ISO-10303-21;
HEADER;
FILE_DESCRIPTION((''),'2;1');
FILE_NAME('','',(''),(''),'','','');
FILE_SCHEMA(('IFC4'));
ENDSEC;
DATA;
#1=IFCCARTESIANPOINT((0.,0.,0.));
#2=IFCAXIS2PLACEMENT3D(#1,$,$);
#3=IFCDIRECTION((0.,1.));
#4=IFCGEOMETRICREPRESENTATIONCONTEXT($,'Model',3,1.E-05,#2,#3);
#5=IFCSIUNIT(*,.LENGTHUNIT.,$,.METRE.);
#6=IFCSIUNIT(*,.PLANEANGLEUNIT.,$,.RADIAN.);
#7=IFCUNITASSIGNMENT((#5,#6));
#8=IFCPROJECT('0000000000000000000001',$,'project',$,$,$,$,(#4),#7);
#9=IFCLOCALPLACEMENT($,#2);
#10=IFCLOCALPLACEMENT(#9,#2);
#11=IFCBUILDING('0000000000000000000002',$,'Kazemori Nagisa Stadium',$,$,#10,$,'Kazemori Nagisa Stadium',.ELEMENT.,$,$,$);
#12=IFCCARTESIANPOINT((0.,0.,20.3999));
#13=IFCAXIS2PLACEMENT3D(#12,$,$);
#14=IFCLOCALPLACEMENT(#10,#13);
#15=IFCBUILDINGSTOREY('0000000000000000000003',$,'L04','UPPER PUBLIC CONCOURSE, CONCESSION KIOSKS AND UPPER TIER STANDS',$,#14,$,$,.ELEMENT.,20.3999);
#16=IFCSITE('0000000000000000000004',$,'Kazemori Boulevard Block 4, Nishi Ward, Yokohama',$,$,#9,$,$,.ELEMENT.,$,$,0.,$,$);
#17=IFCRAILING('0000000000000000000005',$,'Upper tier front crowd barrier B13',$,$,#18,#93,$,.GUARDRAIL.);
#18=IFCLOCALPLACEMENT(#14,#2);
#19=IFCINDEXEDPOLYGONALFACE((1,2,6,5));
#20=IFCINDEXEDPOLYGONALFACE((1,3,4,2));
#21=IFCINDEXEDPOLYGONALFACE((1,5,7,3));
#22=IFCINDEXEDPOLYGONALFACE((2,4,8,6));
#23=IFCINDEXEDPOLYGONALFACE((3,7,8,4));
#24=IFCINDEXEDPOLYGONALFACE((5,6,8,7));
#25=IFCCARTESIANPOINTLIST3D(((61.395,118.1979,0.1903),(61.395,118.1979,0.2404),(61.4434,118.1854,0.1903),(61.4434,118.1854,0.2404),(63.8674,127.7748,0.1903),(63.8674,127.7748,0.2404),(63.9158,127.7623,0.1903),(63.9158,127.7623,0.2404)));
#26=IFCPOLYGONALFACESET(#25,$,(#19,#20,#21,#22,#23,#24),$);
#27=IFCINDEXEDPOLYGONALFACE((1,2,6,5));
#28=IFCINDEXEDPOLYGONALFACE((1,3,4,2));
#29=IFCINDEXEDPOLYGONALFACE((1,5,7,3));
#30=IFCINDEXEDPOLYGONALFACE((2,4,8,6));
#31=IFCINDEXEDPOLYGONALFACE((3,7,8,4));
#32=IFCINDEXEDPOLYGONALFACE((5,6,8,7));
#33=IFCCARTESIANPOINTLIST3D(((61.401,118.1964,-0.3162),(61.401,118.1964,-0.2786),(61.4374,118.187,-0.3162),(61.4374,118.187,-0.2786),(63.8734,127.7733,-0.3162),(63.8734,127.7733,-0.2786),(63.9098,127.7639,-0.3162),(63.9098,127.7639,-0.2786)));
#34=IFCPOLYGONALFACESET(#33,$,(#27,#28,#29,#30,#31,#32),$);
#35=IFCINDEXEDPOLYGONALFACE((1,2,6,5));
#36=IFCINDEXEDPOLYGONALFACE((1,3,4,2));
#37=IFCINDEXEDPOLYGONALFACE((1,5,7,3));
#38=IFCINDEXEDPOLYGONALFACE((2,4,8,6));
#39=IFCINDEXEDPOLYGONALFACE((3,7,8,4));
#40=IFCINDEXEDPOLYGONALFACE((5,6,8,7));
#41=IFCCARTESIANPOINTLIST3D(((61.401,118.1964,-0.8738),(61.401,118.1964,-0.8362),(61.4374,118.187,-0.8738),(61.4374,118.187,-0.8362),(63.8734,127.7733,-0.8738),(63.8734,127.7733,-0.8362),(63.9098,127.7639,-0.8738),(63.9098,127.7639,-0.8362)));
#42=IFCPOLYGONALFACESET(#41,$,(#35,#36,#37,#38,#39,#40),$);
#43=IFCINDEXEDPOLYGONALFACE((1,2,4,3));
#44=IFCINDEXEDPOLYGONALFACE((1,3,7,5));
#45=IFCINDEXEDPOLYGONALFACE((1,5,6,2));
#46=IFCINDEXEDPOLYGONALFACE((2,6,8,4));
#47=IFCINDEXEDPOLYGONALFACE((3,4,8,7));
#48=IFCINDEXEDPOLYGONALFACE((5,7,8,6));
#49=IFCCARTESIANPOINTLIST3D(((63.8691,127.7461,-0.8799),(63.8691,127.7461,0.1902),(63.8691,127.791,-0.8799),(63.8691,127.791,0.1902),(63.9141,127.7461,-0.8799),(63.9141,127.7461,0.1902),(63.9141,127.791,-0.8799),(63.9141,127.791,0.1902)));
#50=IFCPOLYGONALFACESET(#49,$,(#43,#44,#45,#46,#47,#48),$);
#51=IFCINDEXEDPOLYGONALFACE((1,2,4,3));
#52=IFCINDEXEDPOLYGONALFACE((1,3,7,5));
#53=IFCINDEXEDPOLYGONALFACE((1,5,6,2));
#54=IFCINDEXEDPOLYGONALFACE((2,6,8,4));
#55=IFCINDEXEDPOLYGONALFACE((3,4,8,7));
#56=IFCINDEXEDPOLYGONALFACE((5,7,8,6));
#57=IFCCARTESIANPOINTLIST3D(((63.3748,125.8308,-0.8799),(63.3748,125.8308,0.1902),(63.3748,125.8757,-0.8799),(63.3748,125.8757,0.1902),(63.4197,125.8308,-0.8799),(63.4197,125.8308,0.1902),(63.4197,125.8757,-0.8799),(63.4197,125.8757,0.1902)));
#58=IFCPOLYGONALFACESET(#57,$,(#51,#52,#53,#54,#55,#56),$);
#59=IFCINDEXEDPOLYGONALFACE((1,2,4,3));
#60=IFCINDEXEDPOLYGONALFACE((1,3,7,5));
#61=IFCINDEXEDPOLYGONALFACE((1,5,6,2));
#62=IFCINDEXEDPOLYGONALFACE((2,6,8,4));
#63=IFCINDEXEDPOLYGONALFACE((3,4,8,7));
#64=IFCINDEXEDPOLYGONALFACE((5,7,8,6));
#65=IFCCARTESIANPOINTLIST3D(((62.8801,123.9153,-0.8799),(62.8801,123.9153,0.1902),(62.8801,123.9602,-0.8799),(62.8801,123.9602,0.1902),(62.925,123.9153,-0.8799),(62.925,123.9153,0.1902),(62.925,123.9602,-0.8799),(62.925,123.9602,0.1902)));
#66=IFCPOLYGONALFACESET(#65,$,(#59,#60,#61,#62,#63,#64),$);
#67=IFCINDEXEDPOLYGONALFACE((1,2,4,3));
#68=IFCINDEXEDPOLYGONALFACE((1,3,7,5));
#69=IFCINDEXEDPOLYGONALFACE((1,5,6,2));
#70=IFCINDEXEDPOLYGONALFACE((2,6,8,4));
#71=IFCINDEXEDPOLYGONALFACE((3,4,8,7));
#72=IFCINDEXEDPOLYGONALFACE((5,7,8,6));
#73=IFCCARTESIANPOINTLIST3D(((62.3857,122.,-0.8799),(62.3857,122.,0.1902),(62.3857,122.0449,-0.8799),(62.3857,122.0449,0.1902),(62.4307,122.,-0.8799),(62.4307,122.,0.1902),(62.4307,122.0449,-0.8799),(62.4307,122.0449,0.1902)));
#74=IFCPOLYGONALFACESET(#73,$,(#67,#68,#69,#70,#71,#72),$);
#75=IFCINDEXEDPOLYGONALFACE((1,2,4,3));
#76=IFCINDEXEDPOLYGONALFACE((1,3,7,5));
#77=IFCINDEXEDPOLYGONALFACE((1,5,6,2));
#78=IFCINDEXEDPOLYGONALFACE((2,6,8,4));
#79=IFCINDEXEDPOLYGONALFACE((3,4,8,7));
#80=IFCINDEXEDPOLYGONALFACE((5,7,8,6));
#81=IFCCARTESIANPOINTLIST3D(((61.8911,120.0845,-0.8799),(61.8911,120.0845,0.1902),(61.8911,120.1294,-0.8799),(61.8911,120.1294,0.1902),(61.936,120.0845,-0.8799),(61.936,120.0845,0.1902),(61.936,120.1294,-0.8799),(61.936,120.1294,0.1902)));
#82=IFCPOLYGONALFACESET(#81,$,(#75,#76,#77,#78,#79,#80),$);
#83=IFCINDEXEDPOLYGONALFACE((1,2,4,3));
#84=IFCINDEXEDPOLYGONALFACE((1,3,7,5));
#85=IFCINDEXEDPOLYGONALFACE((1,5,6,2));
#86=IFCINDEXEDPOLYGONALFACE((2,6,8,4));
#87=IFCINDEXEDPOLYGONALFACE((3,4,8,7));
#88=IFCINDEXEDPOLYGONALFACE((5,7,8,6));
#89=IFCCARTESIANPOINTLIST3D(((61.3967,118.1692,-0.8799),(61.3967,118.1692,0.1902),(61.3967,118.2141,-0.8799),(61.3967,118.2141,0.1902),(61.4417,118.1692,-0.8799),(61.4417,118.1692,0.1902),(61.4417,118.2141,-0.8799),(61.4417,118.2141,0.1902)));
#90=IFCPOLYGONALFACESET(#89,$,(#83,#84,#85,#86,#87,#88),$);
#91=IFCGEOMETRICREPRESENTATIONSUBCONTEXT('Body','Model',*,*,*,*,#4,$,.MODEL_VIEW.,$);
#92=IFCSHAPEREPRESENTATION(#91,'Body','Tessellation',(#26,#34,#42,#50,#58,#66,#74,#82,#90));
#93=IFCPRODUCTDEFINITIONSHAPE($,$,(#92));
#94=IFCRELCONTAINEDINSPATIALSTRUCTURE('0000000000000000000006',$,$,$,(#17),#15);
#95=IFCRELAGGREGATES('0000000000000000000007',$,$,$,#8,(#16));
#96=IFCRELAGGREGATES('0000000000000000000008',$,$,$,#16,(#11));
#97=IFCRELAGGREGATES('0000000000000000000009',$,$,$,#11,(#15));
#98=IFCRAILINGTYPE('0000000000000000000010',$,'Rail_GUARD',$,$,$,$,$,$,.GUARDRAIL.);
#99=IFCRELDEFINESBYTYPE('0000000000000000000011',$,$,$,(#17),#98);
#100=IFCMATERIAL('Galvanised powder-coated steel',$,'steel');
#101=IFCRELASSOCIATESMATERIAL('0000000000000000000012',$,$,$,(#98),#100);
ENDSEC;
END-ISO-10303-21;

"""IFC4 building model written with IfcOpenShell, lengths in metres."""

from ifc_helpers import new_model, si_unit, direction, frame, origin, origin_2d, place, context, subcontext, project, spatial, rectangle, extrude, material, type_object, element, save


model = new_model("IFC4")

# Units and contexts
model_context = context("Model", 3, precision=1e-05, world=origin(), true_north=direction((0.0, 1.0)))
body_context = subcontext(model_context, "Body", "Model", "MODEL_VIEW")
ifc_project = project(units=[si_unit("LENGTHUNIT", "METRE"), si_unit("PLANEANGLEUNIT", "RADIAN")], contexts=[model_context])

# Site, building, storey
site_placement = place(None, origin())
site = spatial("IfcSite", under=ifc_project, at=site_placement, Name="Kazemori Boulevard Block 4, Nishi Ward, Yokohama", CompositionType="ELEMENT", RefElevation=0.0)
building_placement = place(site_placement, origin())
building = spatial("IfcBuilding", under=site, at=building_placement, Name="Kazemori Nagisa Stadium", LongName="Kazemori Nagisa Stadium", CompositionType="ELEMENT")
storey_placement = place(building_placement, frame((0.0, 0.0, 20.3999)))
storey = spatial("IfcBuildingStorey", under=building, at=storey_placement, Name="L04", Description="UPPER PUBLIC CONCOURSE, CONCESSION KIOSKS AND UPPER TIER STANDS", CompositionType="ELEMENT", Elevation=20.3999)

# Railing
ifc_material_1 = material(Name="Galvanised powder-coated steel", Category="steel")
railing_type = type_object("IfcRailingType", Name="Rail_GUARD", PredefinedType="GUARDRAIL", material=ifc_material_1)
railing_1_placement = place(storey_placement, frame((63.8916, 127.7686, -0.8799)))
element("IfcRailing", 1, at=railing_1_placement, inside=storey, type_object=railing_type, Name="Upper tier front crowd barrier B13", PredefinedType="GUARDRAIL", context=body_context, shape_type="SweptSolid", body=[
    extrude(rectangle(XDim=0.05, YDim=0.05, at=origin_2d()), frame((0.0, 0.0, 1.0952), z_axis=(-0.249968, -0.968254, 0.0), x_axis=(0.968254, -0.249968, 0.0)), (0.0, 0.0, 1.0), 9.8909),
    extrude(rectangle(XDim=0.0376, YDim=0.0376, at=origin_2d()), frame((0.0, 0.0, 0.5825), z_axis=(-0.249968, -0.968254, 0.0), x_axis=(0.968254, -0.249968, 0.0)), (0.0, 0.0, 1.0), 9.8909),
    extrude(rectangle(XDim=0.0376, YDim=0.0376, at=origin_2d()), frame((0.0, 0.0, 0.0249), z_axis=(-0.249968, -0.968254, 0.0), x_axis=(0.968254, -0.249968, 0.0)), (0.0, 0.0, 1.0), 9.8909),
    extrude(rectangle(XDim=0.0449, YDim=0.0449, at=origin_2d()), origin(), (0.0, 0.0, 1.0), 1.0701),
    extrude(rectangle(XDim=0.0449, YDim=0.0449, at=origin_2d()), frame((-0.4944, -1.9153, 0.0)), (0.0, 0.0, 1.0), 1.0701),
    extrude(rectangle(XDim=0.0449, YDim=0.0449, at=origin_2d()), frame((-0.989, -3.8308, 0.0)), (0.0, 0.0, 1.0), 1.0701),
    extrude(rectangle(XDim=0.0449, YDim=0.0449, at=origin_2d()), frame((-1.4834, -5.7461, 0.0)), (0.0, 0.0, 1.0), 1.0701),
    extrude(rectangle(XDim=0.0449, YDim=0.0449, at=origin_2d()), frame((-1.978, -7.6616, 0.0)), (0.0, 0.0, 1.0), 1.0701),
    extrude(rectangle(XDim=0.0449, YDim=0.0449, at=origin_2d()), frame((-2.4724, -9.5769, 0.0)), (0.0, 0.0, 1.0), 1.0701),
])

save(model, "model.ifc")
